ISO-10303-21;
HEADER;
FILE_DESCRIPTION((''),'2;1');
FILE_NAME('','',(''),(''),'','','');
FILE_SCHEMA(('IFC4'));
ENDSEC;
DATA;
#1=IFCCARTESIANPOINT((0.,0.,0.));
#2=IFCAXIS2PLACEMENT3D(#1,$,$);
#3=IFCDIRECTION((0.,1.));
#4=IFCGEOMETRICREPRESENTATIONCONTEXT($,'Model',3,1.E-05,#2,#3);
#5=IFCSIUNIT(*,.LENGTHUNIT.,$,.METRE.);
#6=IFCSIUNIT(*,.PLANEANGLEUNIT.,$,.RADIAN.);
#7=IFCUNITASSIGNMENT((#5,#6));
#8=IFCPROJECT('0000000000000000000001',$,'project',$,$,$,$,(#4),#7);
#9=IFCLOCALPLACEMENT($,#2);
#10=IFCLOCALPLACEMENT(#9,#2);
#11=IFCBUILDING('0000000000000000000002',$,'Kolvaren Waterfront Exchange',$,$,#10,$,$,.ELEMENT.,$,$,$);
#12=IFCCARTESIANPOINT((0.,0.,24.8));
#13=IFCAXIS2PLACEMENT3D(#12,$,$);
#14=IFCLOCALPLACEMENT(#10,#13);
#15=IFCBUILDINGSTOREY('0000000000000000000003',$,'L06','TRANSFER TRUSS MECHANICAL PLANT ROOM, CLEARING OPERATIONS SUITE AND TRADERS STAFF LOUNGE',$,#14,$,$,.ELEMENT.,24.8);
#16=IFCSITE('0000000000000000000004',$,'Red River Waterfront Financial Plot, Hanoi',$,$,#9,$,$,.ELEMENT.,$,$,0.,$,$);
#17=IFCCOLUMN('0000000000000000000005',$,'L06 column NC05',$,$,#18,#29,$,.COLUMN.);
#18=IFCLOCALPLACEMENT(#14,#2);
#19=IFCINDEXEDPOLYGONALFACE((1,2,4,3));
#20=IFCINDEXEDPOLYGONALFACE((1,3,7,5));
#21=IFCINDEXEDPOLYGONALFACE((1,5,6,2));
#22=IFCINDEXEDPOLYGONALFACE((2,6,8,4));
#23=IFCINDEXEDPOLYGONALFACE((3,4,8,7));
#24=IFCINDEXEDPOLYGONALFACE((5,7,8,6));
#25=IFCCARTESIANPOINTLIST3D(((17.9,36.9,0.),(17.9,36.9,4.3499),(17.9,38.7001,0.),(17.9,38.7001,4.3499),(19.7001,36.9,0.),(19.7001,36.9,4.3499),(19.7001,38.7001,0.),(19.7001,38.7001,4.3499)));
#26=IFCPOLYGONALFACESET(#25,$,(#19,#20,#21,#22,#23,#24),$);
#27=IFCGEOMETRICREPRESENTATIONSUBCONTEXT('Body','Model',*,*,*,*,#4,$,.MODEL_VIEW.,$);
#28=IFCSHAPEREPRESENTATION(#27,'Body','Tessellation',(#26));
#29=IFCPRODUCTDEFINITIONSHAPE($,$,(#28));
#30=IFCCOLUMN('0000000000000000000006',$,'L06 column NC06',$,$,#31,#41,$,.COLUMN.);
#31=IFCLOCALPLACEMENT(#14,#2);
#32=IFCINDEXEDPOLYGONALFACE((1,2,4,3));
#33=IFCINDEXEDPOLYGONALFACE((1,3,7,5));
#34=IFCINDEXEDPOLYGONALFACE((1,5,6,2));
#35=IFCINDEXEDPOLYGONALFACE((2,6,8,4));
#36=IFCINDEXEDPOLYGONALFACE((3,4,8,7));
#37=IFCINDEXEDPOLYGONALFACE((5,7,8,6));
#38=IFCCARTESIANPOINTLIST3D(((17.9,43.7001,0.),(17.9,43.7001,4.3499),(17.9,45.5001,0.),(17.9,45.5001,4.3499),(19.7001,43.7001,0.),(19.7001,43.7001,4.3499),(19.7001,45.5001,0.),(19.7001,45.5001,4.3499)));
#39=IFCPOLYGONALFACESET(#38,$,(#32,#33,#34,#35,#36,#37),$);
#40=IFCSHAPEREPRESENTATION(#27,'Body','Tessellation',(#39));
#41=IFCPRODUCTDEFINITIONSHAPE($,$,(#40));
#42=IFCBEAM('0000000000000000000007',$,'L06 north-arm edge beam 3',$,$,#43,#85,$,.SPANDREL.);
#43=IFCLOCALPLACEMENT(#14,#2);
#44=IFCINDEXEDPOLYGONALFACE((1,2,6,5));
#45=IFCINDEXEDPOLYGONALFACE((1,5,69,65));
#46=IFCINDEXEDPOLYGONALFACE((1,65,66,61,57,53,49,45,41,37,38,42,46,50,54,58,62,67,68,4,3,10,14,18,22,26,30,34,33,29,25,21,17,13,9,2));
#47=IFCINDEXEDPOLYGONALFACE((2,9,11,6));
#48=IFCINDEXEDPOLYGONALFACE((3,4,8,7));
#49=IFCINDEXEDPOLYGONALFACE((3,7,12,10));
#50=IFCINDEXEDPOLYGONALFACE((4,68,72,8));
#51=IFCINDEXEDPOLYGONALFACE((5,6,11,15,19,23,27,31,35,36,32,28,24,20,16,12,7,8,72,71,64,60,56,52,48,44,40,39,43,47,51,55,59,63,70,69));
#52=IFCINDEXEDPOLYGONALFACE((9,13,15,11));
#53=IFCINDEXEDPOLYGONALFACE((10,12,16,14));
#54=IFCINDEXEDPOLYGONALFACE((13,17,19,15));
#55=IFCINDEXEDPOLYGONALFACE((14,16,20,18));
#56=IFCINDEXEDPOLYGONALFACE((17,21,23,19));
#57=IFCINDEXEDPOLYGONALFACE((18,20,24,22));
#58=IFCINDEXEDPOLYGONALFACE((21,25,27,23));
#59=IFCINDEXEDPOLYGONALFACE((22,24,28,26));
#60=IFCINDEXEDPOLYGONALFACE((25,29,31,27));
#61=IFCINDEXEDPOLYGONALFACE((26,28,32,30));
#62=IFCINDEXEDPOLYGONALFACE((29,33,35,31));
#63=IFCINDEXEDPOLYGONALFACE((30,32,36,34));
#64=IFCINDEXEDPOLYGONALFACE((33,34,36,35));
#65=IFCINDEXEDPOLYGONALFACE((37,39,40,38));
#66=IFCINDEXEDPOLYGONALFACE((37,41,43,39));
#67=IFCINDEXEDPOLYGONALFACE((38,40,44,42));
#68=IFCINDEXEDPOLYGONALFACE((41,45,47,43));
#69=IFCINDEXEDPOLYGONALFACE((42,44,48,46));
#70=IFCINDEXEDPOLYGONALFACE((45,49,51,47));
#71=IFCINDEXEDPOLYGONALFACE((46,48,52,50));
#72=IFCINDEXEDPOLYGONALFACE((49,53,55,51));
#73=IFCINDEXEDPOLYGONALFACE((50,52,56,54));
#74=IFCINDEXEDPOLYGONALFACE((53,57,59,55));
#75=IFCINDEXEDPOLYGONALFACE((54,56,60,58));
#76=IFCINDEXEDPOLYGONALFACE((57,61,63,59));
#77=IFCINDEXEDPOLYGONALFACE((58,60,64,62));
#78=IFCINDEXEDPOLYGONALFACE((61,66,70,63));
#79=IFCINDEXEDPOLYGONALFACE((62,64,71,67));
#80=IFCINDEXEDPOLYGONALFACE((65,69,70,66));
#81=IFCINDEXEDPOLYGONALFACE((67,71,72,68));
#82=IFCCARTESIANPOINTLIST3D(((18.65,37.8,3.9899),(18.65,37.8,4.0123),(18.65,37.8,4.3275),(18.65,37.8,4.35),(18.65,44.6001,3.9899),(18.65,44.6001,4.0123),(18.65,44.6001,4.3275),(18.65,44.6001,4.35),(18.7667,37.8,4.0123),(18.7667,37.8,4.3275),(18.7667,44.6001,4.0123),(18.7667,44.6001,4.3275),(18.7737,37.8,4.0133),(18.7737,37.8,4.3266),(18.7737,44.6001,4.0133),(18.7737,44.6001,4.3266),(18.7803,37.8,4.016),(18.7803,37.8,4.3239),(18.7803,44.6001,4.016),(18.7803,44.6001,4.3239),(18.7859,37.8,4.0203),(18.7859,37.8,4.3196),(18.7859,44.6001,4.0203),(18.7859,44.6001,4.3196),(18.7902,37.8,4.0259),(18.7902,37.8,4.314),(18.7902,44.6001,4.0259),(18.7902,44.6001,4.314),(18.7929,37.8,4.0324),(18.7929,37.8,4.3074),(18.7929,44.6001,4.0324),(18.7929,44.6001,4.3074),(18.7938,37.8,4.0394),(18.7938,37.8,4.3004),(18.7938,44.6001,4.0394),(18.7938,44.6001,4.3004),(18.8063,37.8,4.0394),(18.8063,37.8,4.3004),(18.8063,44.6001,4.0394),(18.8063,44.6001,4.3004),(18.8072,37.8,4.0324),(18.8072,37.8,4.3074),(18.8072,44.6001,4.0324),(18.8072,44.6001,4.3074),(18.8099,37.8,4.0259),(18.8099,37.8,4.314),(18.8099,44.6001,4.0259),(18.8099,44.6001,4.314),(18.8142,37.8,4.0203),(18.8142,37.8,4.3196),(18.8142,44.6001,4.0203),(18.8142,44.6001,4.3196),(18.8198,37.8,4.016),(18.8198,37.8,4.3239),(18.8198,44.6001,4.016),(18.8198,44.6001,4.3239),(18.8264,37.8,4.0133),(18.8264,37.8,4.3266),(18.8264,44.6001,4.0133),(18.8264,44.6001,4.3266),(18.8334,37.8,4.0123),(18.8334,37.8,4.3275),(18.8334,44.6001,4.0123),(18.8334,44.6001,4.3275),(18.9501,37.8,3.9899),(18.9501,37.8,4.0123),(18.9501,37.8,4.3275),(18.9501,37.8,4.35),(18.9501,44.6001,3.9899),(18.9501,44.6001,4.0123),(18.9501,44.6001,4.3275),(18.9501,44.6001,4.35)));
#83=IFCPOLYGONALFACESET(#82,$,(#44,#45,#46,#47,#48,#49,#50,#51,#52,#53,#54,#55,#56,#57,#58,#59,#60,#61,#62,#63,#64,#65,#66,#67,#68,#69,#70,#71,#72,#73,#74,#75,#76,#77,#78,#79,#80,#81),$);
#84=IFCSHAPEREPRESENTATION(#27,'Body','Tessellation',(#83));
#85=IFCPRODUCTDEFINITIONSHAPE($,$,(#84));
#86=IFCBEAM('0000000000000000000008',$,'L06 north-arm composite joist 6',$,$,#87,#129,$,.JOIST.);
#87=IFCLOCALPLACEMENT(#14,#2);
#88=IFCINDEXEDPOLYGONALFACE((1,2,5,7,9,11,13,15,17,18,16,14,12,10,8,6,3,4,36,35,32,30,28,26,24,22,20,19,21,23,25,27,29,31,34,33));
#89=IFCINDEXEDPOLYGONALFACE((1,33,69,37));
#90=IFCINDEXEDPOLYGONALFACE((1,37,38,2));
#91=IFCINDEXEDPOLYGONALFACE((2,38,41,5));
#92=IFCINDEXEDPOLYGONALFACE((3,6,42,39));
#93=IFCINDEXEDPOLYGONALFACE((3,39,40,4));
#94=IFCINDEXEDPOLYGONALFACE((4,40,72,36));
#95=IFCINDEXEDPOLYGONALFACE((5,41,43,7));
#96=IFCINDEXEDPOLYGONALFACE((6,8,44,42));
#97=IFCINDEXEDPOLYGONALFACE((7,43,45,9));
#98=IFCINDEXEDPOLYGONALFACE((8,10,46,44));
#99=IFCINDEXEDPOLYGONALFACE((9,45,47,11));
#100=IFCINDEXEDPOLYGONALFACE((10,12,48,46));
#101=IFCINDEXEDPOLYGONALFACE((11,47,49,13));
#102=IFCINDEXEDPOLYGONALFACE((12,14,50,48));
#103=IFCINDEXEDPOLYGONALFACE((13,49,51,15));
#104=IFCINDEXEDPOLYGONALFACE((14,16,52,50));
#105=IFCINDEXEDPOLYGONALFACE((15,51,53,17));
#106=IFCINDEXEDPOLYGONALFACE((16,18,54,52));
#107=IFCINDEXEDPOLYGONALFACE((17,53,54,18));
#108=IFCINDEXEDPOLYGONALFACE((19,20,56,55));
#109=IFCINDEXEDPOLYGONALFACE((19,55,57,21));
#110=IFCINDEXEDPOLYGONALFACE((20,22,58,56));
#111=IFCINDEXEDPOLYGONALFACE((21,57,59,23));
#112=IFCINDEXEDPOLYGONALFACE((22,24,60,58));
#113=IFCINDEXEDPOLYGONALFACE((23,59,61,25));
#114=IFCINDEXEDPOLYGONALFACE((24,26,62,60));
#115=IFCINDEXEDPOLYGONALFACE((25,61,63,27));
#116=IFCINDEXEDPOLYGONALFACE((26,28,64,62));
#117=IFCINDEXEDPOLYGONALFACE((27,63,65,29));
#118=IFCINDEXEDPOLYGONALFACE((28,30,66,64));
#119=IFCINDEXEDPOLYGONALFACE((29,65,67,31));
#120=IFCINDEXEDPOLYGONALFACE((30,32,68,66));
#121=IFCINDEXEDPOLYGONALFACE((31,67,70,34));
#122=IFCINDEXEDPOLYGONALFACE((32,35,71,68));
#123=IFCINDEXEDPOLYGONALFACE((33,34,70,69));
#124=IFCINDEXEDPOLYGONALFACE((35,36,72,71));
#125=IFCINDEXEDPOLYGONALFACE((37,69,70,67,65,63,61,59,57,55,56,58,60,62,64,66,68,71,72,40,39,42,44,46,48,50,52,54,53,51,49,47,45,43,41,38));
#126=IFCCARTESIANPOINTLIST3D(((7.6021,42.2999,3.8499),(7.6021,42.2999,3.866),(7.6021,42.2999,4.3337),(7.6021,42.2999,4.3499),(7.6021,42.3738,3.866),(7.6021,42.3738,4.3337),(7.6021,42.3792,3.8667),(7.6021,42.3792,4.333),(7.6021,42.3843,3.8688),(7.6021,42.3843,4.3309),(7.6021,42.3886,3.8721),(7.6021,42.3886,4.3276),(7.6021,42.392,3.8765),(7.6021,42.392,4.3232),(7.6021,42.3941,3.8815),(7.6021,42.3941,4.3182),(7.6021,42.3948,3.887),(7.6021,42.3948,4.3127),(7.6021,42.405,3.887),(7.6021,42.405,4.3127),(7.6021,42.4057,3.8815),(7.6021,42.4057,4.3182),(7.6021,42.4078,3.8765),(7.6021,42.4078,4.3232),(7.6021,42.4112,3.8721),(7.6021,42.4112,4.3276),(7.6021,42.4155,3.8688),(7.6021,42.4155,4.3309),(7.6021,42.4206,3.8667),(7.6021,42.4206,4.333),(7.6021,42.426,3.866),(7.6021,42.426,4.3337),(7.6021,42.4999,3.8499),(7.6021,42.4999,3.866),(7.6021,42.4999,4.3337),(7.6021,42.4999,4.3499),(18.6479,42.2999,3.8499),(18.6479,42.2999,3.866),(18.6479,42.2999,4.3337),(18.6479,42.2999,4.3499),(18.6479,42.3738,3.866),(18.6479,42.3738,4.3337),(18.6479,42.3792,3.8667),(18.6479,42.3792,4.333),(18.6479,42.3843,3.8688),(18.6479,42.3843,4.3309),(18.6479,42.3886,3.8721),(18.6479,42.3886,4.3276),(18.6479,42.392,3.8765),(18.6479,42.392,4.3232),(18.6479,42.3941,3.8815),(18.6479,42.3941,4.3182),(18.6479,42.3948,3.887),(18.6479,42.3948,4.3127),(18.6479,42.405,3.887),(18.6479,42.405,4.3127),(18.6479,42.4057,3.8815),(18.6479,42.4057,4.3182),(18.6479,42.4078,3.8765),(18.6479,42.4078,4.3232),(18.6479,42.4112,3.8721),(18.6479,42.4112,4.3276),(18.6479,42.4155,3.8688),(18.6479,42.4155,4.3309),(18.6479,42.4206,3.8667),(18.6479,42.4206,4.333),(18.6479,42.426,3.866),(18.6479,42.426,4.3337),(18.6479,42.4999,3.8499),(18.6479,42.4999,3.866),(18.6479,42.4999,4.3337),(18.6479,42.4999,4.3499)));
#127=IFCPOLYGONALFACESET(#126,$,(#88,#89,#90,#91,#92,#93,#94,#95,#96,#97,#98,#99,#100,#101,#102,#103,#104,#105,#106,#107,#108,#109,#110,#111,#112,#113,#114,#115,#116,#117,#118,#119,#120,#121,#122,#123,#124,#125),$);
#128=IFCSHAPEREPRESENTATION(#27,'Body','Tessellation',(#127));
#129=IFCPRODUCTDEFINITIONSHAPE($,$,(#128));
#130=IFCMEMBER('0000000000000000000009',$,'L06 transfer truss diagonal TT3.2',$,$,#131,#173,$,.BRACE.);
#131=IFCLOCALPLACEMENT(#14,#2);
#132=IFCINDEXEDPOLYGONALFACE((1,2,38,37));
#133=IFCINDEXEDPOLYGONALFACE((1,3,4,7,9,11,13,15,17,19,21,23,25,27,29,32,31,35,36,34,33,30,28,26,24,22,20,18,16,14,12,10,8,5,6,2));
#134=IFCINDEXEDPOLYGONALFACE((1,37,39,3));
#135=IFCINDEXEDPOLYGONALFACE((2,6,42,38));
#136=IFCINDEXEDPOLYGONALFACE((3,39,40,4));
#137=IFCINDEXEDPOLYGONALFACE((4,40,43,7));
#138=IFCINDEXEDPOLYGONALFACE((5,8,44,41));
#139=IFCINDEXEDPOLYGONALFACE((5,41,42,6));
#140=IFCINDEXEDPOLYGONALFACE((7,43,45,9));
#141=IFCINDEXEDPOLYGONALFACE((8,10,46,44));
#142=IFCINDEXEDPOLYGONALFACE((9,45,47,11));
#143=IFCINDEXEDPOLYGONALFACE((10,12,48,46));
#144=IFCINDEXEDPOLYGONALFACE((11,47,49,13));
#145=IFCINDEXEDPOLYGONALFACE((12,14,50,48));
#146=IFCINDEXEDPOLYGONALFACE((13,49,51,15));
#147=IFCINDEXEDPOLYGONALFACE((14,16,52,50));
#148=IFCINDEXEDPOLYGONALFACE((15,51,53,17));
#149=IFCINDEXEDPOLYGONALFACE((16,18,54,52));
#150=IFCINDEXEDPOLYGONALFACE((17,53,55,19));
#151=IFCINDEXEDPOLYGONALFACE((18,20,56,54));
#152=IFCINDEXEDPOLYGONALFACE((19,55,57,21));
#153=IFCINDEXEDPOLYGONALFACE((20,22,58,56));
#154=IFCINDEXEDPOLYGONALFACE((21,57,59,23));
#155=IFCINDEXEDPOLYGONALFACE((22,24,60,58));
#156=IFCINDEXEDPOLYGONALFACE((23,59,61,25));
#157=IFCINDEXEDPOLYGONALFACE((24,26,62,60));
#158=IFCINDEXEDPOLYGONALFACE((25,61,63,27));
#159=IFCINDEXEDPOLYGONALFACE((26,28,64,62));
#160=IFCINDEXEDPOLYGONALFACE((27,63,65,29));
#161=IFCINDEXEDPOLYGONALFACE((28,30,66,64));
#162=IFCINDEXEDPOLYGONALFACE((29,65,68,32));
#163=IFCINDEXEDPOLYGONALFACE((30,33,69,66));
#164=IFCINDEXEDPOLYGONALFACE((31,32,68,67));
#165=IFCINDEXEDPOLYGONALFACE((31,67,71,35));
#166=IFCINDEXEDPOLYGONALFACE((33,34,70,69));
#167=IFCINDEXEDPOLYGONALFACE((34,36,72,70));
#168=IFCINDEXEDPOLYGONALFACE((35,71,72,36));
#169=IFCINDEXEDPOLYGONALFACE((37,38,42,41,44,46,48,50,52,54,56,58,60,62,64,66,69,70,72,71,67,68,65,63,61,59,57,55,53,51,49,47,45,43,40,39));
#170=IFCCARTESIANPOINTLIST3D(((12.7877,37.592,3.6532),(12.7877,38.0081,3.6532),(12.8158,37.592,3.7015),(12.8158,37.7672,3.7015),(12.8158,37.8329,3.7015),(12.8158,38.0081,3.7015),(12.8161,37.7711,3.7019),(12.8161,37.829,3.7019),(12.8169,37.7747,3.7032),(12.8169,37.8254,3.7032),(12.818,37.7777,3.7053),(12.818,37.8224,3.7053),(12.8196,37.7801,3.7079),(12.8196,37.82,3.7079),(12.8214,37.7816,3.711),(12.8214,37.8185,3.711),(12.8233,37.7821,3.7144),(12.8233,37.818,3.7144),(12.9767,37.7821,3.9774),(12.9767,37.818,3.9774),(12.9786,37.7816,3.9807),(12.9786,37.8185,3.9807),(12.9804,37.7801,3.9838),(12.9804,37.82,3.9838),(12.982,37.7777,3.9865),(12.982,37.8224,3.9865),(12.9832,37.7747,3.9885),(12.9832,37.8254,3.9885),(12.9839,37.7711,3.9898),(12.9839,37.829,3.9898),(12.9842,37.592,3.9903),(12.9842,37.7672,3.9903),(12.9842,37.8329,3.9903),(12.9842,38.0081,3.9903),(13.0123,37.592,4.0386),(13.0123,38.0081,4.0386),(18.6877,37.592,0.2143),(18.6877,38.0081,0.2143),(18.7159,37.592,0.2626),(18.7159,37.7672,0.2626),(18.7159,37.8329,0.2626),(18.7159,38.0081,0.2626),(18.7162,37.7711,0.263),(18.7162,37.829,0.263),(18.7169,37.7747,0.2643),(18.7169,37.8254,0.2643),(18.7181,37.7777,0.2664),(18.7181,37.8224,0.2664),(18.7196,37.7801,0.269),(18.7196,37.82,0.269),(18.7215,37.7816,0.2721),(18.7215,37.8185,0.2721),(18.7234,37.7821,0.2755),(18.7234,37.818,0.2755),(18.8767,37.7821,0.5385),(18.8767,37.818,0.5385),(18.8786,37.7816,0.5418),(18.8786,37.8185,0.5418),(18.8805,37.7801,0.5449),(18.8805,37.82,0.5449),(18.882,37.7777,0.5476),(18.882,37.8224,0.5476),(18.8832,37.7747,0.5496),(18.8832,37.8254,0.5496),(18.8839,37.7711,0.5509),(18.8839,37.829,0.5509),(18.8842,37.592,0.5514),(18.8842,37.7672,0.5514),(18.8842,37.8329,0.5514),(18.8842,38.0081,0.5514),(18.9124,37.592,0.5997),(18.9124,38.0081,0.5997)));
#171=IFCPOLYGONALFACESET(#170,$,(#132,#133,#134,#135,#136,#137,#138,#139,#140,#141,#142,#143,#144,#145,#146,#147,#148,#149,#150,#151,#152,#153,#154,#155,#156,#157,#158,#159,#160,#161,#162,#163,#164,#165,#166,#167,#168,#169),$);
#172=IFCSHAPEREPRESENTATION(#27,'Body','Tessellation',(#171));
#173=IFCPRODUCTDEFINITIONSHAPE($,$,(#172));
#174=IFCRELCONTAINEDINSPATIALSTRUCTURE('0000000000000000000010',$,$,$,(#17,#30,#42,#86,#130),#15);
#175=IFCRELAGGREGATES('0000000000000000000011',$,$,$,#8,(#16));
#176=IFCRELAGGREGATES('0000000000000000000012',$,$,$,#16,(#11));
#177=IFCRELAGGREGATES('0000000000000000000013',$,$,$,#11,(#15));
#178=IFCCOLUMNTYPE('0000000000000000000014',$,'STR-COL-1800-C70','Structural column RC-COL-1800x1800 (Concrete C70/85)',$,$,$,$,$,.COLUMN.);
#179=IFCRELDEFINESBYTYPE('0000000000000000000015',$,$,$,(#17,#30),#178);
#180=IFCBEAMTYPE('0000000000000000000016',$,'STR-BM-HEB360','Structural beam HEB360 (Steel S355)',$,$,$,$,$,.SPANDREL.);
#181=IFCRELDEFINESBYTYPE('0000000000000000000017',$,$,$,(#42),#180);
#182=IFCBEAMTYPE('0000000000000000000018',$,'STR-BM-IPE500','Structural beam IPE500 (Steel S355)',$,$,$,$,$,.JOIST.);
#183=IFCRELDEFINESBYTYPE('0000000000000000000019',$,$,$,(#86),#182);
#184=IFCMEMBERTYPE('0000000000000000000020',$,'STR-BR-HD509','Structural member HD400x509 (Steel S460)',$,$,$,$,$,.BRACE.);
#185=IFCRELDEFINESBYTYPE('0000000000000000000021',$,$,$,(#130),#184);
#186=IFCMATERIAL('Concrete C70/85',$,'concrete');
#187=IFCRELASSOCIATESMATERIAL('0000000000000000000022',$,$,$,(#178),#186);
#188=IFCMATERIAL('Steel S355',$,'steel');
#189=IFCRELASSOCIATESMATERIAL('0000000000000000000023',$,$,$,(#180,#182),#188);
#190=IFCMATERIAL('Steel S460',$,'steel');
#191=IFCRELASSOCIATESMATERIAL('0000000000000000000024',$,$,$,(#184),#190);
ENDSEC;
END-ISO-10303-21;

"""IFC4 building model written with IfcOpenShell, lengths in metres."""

from ifc_helpers import new_model, si_unit, direction, frame, origin, origin_2d, place, context, subcontext, project, spatial, rectangle, i_section, extrude, material, material_profile, profile_set, type_object, element, save


model = new_model("IFC4")

# Units and contexts
model_context = context("Model", 3, precision=1e-05, world=origin(), true_north=direction((0.0, 1.0)))
body_context = subcontext(model_context, "Body", "Model", "MODEL_VIEW")
ifc_project = project(units=[si_unit("LENGTHUNIT", "METRE"), si_unit("PLANEANGLEUNIT", "RADIAN")], contexts=[model_context])

# Site, building, storey
site_placement = place(None, origin())
site = spatial("IfcSite", under=ifc_project, at=site_placement, Name="Red River Waterfront Financial Plot, Hanoi", CompositionType="ELEMENT", RefElevation=0.0)
building_placement = place(site_placement, origin())
building = spatial("IfcBuilding", under=site, at=building_placement, Name="Kolvaren Waterfront Exchange", CompositionType="ELEMENT")
storey_placement = place(building_placement, frame((0.0, 0.0, 24.8)))
storey = spatial("IfcBuildingStorey", under=building, at=storey_placement, Name="L06", Description="TRANSFER TRUSS MECHANICAL PLANT ROOM, CLEARING OPERATIONS SUITE AND TRADERS STAFF LOUNGE", CompositionType="ELEMENT", Elevation=24.8)

# Columns
ifc_material_1 = material(Name="Concrete C70/85", Category="concrete")
ifc_material_profile_1 = material_profile(ifc_material_1, rectangle(XDim=1.8, YDim=1.8, at=origin_2d()), Name="RC-COL-1800x1800")
ifc_profile_set_1 = profile_set([ifc_material_profile_1], Name="Concrete C70/85")
column_type = type_object("IfcColumnType", Name="STR-COL-1800-C70", Description="Structural column RC-COL-1800x1800 (Concrete C70/85)", PredefinedType="COLUMN", material=ifc_profile_set_1)
for number, where, z_axis, x_axis, name in (
    (1, (18.8, 37.8, 0.0), (0.0, 0.0, 1.0), (1.0, 0.0, 0.0), "L06 column NC05"),
    (2, (18.8, 44.6001, 0.0), (0.0, 0.0, 1.0), (1.0, 0.0, 0.0), "L06 column NC06"),
):
    element("IfcColumn", number, at=place(storey_placement, frame(where, z_axis=z_axis, x_axis=x_axis)), inside=storey, type_object=column_type, Name=name, PredefinedType="COLUMN", context=body_context, shape_type="SweptSolid", body=[
        extrude(rectangle(XDim=1.8, YDim=1.8, at=origin_2d()), origin(), (0.0, 0.0, 1.0), 4.3499),
    ])

# Beams
ifc_material_2 = material(Name="Steel S355", Category="steel")
ifc_material_profile_2 = material_profile(ifc_material_2, i_section(OverallWidth=0.3, OverallDepth=0.3601, WebThickness=0.0125, FlangeThickness=0.0225, FilletRadius=0.0271, at=origin_2d()), Name="HEB360")
ifc_profile_set_2 = profile_set([ifc_material_profile_2], Name="Steel S355")
beam_type_1 = type_object("IfcBeamType", Name="STR-BM-HEB360", Description="Structural beam HEB360 (Steel S355)", PredefinedType="SPANDREL", material=ifc_profile_set_2)
beam_1_placement = place(storey_placement, frame((18.8, 37.8, 4.1699), z_axis=(0.0, 1.0, 0.0), x_axis=(-1.0, 0.0, 0.0)))
element("IfcBeam", 3, at=beam_1_placement, inside=storey, type_object=beam_type_1, Name="L06 north-arm edge beam 3", PredefinedType="SPANDREL", context=body_context, shape_type="SweptSolid", body=[
    extrude(i_section(OverallWidth=0.3, OverallDepth=0.3601, WebThickness=0.0125, FlangeThickness=0.0225, FilletRadius=0.0271, at=origin_2d()), origin(), (0.0, 0.0, 1.0), 6.8),
])
ifc_material_profile_3 = material_profile(ifc_material_2, i_section(OverallWidth=0.2, OverallDepth=0.5, WebThickness=0.0103, FlangeThickness=0.0161, FilletRadius=0.021, at=origin_2d()), Name="IPE500")
ifc_profile_set_3 = profile_set([ifc_material_profile_3], Name="Steel S355")
beam_type_2 = type_object("IfcBeamType", Name="STR-BM-IPE500", Description="Structural beam IPE500 (Steel S355)", PredefinedType="JOIST", material=ifc_profile_set_3)
beam_2_placement = place(storey_placement, frame((7.6021, 42.3999, 4.0999), z_axis=(1.0, 0.0, 0.0), x_axis=(0.0, 1.0, 0.0)))
element("IfcBeam", 4, at=beam_2_placement, inside=storey, type_object=beam_type_2, Name="L06 north-arm composite joist 6", PredefinedType="JOIST", context=body_context, shape_type="SweptSolid", body=[
    extrude(i_section(OverallWidth=0.2, OverallDepth=0.5, WebThickness=0.0103, FlangeThickness=0.0161, FilletRadius=0.021, at=origin_2d()), origin(), (0.0, 0.0, 1.0), 11.0459),
])

# Member
ifc_material_3 = material(Name="Steel S460", Category="steel")
ifc_material_profile_4 = material_profile(ifc_material_3, i_section(OverallWidth=0.416, OverallDepth=0.446, WebThickness=0.0359, FlangeThickness=0.0559, FilletRadius=0.0149, at=origin_2d()), Name="HD400x509")
ifc_profile_set_4 = profile_set([ifc_material_profile_4], Name="Steel S460")
member_type_1 = type_object("IfcMemberType", Name="STR-BR-HD509", Description="Structural member HD400x509 (Steel S460)", PredefinedType="BRACE", material=ifc_profile_set_4)
for number, where, z_axis, x_axis, name in (
    (5, (18.8, 37.8, 0.407), (-0.863956, 0.0, 0.503566), (0.0, -1.0, 0.0), "L06 transfer truss diagonal TT3.2"),
):
    element("IfcMember", number, at=place(storey_placement, frame(where, z_axis=z_axis, x_axis=x_axis)), inside=storey, type_object=member_type_1, Name=name, PredefinedType="BRACE", context=body_context, shape_type="SweptSolid", body=[
        extrude(i_section(OverallWidth=0.416, OverallDepth=0.446, WebThickness=0.0359, FlangeThickness=0.0559, FilletRadius=0.0149, at=origin_2d()), origin(), (0.0, 0.0, 1.0), 6.8291),
    ])

save(model, "model.ifc")
